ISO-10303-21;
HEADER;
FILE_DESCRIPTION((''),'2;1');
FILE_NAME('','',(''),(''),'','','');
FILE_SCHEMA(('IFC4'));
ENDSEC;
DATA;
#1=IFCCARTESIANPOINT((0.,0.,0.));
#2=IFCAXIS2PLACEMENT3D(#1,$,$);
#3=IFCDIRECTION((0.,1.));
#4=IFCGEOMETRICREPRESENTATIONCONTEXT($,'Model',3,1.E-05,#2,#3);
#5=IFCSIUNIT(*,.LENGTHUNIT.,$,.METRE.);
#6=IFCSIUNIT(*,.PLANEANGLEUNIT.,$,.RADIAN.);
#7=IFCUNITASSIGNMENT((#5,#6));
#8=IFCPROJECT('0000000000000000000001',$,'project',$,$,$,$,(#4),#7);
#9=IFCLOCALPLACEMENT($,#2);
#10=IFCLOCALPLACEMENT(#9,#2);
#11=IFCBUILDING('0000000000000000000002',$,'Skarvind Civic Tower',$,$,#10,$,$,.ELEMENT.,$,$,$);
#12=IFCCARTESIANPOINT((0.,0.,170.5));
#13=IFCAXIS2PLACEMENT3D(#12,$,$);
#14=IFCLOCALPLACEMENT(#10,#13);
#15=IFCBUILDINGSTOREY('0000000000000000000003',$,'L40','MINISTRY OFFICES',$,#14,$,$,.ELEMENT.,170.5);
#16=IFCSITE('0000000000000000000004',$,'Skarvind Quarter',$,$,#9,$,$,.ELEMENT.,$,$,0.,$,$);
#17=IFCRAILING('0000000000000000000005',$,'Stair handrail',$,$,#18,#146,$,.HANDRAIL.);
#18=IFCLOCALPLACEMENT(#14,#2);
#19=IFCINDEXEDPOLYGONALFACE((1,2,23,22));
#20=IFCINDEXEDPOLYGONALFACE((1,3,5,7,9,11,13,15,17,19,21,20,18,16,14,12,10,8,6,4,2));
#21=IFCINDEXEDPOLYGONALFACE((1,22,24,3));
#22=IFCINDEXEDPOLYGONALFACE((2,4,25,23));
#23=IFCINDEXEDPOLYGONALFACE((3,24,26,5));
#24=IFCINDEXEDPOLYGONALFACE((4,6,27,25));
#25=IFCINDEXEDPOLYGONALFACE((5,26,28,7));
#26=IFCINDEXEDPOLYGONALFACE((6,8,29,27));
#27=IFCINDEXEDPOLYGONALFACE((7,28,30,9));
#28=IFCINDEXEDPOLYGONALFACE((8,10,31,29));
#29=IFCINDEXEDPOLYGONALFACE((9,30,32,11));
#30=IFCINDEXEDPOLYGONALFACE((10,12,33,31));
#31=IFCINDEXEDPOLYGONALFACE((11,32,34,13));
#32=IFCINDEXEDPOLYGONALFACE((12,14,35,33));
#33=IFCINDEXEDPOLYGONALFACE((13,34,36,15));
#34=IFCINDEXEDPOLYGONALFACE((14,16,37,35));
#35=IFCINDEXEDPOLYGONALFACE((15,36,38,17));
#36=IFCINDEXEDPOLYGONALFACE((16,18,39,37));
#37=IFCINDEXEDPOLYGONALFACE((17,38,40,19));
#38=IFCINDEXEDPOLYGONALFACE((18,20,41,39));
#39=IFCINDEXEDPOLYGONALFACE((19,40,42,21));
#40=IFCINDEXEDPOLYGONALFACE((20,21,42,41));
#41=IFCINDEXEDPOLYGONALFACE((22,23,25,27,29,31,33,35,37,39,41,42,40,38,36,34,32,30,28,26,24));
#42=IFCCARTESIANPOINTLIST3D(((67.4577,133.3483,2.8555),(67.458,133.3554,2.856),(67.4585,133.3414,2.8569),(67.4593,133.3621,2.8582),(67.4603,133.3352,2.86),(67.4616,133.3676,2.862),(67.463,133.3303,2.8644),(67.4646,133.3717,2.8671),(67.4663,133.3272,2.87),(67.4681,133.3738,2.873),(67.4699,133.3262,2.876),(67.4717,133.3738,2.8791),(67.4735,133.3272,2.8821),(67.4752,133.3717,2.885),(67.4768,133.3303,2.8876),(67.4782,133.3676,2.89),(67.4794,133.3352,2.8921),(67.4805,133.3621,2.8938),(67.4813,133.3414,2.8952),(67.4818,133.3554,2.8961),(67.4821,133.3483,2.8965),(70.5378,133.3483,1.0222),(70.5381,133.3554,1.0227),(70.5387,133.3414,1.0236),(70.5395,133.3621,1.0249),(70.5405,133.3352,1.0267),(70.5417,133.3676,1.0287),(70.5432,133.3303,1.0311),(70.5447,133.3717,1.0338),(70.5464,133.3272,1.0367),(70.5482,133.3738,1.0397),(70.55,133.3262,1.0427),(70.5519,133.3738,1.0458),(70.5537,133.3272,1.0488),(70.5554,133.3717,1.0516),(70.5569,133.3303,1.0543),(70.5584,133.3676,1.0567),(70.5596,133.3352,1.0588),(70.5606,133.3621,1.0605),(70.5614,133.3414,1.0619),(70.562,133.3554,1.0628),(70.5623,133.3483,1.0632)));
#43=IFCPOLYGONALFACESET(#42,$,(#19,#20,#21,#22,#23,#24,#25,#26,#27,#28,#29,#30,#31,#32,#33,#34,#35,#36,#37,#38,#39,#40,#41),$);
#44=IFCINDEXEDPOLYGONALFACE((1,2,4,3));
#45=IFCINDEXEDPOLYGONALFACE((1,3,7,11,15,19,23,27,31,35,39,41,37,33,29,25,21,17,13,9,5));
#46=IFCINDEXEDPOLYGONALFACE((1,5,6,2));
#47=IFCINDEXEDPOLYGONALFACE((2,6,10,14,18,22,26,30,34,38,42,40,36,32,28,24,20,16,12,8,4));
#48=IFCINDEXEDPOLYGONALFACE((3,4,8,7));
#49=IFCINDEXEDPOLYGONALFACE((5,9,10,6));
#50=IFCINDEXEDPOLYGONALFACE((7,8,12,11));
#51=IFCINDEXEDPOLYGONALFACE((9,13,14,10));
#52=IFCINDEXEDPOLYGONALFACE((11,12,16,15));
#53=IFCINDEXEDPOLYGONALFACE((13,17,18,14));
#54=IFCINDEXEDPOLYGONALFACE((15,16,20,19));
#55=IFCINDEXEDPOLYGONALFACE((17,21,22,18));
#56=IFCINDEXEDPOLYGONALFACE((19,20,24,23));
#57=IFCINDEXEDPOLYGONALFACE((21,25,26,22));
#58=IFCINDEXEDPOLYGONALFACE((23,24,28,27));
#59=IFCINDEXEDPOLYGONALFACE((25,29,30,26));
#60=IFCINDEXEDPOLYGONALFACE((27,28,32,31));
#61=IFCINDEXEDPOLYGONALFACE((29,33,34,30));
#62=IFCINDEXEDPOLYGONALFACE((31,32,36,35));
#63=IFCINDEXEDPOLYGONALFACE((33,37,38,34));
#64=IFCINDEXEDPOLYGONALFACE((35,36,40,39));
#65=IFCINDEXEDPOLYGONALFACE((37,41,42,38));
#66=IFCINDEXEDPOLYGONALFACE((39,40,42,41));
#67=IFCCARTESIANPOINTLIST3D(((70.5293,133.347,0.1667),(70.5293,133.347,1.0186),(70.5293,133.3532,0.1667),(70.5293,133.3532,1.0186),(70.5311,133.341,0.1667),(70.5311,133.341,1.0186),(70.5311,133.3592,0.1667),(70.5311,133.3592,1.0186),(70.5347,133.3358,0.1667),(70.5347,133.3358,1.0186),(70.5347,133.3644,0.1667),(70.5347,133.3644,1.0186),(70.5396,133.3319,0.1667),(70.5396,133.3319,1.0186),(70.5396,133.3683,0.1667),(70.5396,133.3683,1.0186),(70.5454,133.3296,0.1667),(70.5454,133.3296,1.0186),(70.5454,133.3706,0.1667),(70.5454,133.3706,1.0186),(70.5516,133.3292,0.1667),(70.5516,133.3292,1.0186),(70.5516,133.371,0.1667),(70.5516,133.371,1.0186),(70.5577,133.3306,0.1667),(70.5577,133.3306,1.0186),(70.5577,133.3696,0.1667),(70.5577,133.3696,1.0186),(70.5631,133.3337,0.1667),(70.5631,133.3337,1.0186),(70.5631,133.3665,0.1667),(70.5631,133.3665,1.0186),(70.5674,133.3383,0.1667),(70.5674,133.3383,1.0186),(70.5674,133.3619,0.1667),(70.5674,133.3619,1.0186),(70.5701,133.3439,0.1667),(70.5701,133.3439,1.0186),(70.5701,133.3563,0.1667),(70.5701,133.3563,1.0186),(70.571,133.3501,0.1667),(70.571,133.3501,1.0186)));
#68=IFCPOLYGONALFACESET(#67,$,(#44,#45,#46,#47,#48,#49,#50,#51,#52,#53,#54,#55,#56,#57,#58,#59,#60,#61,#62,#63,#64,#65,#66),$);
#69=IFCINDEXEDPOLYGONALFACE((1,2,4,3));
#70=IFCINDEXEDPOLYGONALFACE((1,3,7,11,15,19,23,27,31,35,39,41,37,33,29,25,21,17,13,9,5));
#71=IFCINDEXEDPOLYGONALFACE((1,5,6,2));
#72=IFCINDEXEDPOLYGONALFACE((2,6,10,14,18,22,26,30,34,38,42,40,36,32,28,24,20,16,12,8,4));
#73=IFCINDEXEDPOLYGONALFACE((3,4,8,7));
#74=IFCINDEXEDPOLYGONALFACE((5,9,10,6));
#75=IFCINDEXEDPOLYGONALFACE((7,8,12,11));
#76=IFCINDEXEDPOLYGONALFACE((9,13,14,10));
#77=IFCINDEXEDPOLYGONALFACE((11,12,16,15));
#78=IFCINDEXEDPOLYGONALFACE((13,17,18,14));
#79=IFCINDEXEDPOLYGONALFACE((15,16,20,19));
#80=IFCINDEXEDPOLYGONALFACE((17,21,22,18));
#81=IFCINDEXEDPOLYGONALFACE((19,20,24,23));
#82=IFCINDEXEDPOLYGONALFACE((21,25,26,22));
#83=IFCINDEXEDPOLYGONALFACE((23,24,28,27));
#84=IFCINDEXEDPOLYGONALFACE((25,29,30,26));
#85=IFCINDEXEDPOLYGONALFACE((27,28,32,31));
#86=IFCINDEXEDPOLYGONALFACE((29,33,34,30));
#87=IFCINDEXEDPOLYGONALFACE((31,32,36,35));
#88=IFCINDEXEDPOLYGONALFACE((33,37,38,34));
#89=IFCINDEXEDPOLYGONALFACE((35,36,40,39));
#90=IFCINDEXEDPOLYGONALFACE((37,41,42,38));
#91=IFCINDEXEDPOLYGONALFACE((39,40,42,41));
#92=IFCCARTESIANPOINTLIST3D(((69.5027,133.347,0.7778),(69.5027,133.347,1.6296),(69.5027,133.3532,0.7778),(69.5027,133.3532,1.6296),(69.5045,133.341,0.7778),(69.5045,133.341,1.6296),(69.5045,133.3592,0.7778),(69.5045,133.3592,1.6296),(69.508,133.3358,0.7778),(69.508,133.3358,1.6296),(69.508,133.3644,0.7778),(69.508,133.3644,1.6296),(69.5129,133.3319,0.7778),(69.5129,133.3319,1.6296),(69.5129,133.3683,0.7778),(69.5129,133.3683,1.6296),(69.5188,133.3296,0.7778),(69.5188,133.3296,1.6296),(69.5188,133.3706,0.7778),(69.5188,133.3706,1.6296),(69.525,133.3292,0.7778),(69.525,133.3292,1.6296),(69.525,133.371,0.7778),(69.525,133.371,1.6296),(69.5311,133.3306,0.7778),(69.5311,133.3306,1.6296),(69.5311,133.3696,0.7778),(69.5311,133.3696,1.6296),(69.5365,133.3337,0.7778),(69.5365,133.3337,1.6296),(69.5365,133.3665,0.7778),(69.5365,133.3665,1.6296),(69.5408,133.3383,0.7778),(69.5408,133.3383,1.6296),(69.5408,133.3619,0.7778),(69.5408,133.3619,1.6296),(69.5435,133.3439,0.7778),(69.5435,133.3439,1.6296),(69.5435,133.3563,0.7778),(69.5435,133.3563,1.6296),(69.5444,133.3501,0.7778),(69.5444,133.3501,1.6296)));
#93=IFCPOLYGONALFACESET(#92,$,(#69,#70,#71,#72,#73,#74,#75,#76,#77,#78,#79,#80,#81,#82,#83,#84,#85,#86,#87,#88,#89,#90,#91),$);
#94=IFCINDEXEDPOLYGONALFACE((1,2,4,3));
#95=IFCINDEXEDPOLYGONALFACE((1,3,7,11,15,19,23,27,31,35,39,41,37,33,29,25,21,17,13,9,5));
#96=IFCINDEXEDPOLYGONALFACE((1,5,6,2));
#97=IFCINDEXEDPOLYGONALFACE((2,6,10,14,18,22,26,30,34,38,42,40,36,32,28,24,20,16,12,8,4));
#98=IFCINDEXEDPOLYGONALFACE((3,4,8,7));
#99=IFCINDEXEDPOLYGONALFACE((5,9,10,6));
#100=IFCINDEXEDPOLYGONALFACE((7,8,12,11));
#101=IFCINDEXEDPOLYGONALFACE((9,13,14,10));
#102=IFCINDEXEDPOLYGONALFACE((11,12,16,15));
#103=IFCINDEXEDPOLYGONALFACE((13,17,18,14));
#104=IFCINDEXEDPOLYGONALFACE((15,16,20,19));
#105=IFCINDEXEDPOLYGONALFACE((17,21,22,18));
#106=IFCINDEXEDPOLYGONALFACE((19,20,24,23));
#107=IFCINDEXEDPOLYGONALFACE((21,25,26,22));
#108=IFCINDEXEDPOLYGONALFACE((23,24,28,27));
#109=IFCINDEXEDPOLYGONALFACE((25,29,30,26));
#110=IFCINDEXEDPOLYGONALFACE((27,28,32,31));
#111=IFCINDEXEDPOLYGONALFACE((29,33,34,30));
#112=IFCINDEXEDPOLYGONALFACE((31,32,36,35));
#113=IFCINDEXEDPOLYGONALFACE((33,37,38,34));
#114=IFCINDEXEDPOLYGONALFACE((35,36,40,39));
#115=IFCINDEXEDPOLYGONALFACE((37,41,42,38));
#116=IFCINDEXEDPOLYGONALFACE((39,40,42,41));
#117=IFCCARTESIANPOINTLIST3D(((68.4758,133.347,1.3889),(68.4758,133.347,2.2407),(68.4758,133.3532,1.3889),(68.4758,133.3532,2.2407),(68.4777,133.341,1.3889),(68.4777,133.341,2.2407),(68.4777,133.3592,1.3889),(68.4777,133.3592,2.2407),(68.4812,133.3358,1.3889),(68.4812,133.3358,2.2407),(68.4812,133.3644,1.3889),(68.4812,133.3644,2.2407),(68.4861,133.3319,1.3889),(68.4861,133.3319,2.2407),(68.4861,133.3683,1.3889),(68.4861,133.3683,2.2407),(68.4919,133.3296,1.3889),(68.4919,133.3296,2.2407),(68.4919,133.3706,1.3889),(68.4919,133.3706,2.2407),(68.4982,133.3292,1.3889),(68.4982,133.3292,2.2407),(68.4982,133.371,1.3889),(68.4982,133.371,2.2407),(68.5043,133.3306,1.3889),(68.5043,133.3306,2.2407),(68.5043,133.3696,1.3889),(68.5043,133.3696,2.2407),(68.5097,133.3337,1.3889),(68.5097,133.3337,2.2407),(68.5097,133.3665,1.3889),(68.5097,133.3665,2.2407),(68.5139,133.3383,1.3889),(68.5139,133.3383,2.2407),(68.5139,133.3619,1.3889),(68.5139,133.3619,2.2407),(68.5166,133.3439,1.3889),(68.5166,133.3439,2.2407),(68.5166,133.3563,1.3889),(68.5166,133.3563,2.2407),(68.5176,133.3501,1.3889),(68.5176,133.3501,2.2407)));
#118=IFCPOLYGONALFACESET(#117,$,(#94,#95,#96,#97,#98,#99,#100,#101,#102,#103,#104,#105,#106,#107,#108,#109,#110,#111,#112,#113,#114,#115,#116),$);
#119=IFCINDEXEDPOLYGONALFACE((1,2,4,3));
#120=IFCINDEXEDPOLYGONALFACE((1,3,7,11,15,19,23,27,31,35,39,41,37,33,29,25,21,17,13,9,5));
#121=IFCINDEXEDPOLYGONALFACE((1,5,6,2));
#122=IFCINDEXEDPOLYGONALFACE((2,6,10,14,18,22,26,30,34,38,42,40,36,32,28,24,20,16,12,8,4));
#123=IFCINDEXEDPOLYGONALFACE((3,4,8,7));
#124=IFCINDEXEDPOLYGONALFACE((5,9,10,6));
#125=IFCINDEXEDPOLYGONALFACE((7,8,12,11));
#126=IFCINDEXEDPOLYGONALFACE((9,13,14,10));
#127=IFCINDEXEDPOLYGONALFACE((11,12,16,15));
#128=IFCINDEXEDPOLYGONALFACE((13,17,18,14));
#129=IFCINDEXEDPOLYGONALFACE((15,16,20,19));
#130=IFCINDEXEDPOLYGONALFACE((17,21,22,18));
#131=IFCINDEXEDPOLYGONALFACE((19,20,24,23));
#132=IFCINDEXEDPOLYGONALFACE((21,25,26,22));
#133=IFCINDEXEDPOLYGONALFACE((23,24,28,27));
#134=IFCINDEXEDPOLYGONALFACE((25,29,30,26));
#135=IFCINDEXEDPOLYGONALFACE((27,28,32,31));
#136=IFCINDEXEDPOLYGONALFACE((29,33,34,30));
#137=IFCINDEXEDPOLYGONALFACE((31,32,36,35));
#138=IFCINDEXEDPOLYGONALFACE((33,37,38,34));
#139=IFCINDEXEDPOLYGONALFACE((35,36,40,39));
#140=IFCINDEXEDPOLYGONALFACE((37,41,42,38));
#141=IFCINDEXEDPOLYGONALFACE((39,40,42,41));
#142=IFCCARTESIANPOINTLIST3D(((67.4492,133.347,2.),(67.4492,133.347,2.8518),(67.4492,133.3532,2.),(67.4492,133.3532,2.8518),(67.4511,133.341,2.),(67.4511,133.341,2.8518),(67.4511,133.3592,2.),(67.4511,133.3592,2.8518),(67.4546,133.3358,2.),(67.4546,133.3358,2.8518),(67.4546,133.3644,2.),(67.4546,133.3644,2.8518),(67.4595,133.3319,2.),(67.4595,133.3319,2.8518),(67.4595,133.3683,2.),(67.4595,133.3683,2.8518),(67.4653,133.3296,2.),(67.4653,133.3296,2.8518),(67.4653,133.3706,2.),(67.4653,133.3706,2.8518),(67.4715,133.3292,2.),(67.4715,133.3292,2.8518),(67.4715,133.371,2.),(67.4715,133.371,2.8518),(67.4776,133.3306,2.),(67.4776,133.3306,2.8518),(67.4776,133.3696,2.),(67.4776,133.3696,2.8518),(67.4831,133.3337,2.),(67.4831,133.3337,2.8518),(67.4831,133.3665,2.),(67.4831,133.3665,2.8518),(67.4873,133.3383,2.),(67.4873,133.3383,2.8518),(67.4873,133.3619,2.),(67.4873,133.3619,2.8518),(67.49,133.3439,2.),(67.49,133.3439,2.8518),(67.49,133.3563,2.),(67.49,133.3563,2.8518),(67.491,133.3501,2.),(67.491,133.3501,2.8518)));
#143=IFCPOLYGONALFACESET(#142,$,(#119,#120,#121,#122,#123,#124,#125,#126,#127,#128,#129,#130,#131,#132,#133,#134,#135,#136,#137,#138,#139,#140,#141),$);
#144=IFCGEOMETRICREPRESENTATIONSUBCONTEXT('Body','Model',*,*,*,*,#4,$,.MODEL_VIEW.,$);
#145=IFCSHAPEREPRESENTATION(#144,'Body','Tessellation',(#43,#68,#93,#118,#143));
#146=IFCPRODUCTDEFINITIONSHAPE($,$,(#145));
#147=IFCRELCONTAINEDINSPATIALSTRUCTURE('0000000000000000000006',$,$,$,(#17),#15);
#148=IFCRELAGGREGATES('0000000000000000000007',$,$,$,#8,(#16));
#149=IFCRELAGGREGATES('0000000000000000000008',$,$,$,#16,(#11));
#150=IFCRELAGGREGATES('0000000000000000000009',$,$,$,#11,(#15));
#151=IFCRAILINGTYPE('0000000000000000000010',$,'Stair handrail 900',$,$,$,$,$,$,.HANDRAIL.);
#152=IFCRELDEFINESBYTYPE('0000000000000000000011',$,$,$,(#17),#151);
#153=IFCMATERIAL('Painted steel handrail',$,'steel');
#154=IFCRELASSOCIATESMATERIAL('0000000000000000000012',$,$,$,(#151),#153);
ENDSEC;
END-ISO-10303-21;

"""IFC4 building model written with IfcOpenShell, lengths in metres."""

from ifc_helpers import new_model, si_unit, direction, frame, origin, origin_2d, place, context, subcontext, project, spatial, circle, extrude, material, type_object, element, save


model = new_model("IFC4")

# Units and contexts
model_context = context("Model", 3, precision=1e-05, world=origin(), true_north=direction((0.0, 1.0)))
body_context = subcontext(model_context, "Body", "Model", "MODEL_VIEW")
ifc_project = project(units=[si_unit("LENGTHUNIT", "METRE"), si_unit("PLANEANGLEUNIT", "RADIAN")], contexts=[model_context])

# Site, building, storey
site_placement = place(None, origin())
site = spatial("IfcSite", under=ifc_project, at=site_placement, Name="Skarvind Quarter", CompositionType="ELEMENT", RefElevation=0.0)
building_placement = place(site_placement, origin())
building = spatial("IfcBuilding", under=site, at=building_placement, Name="Skarvind Civic Tower", CompositionType="ELEMENT")
storey_placement = place(building_placement, frame((0.0, 0.0, 170.5)))
storey = spatial("IfcBuildingStorey", under=building, at=storey_placement, Name="L40", Description="MINISTRY OFFICES", CompositionType="ELEMENT", Elevation=170.5)

# Railing
ifc_material_1 = material(Name="Painted steel handrail", Category="steel")
railing_type = type_object("IfcRailingType", Name="Stair handrail 900", PredefinedType="HANDRAIL", material=ifc_material_1)
railing_1_placement = place(storey_placement, frame((70.55, 133.3501, 0.1667)))
element("IfcRailing", 1, at=railing_1_placement, inside=storey, type_object=railing_type, Name="Stair handrail", PredefinedType="HANDRAIL", context=body_context, shape_type="SweptSolid", body=[
    extrude(circle(Radius=0.0239, at=origin_2d()), frame((0.0, 0.0, 0.876), z_axis=(-0.859309, 0.0, 0.511458), x_axis=(0.0, -1.0, 0.0)), (0.0, 0.0, 1.0), 3.5845),
    extrude(circle(Radius=0.021, at=origin_2d()), origin(), (0.0, 0.0, 1.0), 0.8518),
    extrude(circle(Radius=0.021, at=origin_2d()), frame((-1.0266, 0.0, 0.6111)), (0.0, 0.0, 1.0), 0.8518),
    extrude(circle(Radius=0.021, at=origin_2d()), frame((-2.0535, 0.0, 1.2222)), (0.0, 0.0, 1.0), 0.8518),
    extrude(circle(Radius=0.021, at=origin_2d()), frame((-3.0801, 0.0, 1.8333)), (0.0, 0.0, 1.0), 0.8518),
])

save(model, "model.ifc")
